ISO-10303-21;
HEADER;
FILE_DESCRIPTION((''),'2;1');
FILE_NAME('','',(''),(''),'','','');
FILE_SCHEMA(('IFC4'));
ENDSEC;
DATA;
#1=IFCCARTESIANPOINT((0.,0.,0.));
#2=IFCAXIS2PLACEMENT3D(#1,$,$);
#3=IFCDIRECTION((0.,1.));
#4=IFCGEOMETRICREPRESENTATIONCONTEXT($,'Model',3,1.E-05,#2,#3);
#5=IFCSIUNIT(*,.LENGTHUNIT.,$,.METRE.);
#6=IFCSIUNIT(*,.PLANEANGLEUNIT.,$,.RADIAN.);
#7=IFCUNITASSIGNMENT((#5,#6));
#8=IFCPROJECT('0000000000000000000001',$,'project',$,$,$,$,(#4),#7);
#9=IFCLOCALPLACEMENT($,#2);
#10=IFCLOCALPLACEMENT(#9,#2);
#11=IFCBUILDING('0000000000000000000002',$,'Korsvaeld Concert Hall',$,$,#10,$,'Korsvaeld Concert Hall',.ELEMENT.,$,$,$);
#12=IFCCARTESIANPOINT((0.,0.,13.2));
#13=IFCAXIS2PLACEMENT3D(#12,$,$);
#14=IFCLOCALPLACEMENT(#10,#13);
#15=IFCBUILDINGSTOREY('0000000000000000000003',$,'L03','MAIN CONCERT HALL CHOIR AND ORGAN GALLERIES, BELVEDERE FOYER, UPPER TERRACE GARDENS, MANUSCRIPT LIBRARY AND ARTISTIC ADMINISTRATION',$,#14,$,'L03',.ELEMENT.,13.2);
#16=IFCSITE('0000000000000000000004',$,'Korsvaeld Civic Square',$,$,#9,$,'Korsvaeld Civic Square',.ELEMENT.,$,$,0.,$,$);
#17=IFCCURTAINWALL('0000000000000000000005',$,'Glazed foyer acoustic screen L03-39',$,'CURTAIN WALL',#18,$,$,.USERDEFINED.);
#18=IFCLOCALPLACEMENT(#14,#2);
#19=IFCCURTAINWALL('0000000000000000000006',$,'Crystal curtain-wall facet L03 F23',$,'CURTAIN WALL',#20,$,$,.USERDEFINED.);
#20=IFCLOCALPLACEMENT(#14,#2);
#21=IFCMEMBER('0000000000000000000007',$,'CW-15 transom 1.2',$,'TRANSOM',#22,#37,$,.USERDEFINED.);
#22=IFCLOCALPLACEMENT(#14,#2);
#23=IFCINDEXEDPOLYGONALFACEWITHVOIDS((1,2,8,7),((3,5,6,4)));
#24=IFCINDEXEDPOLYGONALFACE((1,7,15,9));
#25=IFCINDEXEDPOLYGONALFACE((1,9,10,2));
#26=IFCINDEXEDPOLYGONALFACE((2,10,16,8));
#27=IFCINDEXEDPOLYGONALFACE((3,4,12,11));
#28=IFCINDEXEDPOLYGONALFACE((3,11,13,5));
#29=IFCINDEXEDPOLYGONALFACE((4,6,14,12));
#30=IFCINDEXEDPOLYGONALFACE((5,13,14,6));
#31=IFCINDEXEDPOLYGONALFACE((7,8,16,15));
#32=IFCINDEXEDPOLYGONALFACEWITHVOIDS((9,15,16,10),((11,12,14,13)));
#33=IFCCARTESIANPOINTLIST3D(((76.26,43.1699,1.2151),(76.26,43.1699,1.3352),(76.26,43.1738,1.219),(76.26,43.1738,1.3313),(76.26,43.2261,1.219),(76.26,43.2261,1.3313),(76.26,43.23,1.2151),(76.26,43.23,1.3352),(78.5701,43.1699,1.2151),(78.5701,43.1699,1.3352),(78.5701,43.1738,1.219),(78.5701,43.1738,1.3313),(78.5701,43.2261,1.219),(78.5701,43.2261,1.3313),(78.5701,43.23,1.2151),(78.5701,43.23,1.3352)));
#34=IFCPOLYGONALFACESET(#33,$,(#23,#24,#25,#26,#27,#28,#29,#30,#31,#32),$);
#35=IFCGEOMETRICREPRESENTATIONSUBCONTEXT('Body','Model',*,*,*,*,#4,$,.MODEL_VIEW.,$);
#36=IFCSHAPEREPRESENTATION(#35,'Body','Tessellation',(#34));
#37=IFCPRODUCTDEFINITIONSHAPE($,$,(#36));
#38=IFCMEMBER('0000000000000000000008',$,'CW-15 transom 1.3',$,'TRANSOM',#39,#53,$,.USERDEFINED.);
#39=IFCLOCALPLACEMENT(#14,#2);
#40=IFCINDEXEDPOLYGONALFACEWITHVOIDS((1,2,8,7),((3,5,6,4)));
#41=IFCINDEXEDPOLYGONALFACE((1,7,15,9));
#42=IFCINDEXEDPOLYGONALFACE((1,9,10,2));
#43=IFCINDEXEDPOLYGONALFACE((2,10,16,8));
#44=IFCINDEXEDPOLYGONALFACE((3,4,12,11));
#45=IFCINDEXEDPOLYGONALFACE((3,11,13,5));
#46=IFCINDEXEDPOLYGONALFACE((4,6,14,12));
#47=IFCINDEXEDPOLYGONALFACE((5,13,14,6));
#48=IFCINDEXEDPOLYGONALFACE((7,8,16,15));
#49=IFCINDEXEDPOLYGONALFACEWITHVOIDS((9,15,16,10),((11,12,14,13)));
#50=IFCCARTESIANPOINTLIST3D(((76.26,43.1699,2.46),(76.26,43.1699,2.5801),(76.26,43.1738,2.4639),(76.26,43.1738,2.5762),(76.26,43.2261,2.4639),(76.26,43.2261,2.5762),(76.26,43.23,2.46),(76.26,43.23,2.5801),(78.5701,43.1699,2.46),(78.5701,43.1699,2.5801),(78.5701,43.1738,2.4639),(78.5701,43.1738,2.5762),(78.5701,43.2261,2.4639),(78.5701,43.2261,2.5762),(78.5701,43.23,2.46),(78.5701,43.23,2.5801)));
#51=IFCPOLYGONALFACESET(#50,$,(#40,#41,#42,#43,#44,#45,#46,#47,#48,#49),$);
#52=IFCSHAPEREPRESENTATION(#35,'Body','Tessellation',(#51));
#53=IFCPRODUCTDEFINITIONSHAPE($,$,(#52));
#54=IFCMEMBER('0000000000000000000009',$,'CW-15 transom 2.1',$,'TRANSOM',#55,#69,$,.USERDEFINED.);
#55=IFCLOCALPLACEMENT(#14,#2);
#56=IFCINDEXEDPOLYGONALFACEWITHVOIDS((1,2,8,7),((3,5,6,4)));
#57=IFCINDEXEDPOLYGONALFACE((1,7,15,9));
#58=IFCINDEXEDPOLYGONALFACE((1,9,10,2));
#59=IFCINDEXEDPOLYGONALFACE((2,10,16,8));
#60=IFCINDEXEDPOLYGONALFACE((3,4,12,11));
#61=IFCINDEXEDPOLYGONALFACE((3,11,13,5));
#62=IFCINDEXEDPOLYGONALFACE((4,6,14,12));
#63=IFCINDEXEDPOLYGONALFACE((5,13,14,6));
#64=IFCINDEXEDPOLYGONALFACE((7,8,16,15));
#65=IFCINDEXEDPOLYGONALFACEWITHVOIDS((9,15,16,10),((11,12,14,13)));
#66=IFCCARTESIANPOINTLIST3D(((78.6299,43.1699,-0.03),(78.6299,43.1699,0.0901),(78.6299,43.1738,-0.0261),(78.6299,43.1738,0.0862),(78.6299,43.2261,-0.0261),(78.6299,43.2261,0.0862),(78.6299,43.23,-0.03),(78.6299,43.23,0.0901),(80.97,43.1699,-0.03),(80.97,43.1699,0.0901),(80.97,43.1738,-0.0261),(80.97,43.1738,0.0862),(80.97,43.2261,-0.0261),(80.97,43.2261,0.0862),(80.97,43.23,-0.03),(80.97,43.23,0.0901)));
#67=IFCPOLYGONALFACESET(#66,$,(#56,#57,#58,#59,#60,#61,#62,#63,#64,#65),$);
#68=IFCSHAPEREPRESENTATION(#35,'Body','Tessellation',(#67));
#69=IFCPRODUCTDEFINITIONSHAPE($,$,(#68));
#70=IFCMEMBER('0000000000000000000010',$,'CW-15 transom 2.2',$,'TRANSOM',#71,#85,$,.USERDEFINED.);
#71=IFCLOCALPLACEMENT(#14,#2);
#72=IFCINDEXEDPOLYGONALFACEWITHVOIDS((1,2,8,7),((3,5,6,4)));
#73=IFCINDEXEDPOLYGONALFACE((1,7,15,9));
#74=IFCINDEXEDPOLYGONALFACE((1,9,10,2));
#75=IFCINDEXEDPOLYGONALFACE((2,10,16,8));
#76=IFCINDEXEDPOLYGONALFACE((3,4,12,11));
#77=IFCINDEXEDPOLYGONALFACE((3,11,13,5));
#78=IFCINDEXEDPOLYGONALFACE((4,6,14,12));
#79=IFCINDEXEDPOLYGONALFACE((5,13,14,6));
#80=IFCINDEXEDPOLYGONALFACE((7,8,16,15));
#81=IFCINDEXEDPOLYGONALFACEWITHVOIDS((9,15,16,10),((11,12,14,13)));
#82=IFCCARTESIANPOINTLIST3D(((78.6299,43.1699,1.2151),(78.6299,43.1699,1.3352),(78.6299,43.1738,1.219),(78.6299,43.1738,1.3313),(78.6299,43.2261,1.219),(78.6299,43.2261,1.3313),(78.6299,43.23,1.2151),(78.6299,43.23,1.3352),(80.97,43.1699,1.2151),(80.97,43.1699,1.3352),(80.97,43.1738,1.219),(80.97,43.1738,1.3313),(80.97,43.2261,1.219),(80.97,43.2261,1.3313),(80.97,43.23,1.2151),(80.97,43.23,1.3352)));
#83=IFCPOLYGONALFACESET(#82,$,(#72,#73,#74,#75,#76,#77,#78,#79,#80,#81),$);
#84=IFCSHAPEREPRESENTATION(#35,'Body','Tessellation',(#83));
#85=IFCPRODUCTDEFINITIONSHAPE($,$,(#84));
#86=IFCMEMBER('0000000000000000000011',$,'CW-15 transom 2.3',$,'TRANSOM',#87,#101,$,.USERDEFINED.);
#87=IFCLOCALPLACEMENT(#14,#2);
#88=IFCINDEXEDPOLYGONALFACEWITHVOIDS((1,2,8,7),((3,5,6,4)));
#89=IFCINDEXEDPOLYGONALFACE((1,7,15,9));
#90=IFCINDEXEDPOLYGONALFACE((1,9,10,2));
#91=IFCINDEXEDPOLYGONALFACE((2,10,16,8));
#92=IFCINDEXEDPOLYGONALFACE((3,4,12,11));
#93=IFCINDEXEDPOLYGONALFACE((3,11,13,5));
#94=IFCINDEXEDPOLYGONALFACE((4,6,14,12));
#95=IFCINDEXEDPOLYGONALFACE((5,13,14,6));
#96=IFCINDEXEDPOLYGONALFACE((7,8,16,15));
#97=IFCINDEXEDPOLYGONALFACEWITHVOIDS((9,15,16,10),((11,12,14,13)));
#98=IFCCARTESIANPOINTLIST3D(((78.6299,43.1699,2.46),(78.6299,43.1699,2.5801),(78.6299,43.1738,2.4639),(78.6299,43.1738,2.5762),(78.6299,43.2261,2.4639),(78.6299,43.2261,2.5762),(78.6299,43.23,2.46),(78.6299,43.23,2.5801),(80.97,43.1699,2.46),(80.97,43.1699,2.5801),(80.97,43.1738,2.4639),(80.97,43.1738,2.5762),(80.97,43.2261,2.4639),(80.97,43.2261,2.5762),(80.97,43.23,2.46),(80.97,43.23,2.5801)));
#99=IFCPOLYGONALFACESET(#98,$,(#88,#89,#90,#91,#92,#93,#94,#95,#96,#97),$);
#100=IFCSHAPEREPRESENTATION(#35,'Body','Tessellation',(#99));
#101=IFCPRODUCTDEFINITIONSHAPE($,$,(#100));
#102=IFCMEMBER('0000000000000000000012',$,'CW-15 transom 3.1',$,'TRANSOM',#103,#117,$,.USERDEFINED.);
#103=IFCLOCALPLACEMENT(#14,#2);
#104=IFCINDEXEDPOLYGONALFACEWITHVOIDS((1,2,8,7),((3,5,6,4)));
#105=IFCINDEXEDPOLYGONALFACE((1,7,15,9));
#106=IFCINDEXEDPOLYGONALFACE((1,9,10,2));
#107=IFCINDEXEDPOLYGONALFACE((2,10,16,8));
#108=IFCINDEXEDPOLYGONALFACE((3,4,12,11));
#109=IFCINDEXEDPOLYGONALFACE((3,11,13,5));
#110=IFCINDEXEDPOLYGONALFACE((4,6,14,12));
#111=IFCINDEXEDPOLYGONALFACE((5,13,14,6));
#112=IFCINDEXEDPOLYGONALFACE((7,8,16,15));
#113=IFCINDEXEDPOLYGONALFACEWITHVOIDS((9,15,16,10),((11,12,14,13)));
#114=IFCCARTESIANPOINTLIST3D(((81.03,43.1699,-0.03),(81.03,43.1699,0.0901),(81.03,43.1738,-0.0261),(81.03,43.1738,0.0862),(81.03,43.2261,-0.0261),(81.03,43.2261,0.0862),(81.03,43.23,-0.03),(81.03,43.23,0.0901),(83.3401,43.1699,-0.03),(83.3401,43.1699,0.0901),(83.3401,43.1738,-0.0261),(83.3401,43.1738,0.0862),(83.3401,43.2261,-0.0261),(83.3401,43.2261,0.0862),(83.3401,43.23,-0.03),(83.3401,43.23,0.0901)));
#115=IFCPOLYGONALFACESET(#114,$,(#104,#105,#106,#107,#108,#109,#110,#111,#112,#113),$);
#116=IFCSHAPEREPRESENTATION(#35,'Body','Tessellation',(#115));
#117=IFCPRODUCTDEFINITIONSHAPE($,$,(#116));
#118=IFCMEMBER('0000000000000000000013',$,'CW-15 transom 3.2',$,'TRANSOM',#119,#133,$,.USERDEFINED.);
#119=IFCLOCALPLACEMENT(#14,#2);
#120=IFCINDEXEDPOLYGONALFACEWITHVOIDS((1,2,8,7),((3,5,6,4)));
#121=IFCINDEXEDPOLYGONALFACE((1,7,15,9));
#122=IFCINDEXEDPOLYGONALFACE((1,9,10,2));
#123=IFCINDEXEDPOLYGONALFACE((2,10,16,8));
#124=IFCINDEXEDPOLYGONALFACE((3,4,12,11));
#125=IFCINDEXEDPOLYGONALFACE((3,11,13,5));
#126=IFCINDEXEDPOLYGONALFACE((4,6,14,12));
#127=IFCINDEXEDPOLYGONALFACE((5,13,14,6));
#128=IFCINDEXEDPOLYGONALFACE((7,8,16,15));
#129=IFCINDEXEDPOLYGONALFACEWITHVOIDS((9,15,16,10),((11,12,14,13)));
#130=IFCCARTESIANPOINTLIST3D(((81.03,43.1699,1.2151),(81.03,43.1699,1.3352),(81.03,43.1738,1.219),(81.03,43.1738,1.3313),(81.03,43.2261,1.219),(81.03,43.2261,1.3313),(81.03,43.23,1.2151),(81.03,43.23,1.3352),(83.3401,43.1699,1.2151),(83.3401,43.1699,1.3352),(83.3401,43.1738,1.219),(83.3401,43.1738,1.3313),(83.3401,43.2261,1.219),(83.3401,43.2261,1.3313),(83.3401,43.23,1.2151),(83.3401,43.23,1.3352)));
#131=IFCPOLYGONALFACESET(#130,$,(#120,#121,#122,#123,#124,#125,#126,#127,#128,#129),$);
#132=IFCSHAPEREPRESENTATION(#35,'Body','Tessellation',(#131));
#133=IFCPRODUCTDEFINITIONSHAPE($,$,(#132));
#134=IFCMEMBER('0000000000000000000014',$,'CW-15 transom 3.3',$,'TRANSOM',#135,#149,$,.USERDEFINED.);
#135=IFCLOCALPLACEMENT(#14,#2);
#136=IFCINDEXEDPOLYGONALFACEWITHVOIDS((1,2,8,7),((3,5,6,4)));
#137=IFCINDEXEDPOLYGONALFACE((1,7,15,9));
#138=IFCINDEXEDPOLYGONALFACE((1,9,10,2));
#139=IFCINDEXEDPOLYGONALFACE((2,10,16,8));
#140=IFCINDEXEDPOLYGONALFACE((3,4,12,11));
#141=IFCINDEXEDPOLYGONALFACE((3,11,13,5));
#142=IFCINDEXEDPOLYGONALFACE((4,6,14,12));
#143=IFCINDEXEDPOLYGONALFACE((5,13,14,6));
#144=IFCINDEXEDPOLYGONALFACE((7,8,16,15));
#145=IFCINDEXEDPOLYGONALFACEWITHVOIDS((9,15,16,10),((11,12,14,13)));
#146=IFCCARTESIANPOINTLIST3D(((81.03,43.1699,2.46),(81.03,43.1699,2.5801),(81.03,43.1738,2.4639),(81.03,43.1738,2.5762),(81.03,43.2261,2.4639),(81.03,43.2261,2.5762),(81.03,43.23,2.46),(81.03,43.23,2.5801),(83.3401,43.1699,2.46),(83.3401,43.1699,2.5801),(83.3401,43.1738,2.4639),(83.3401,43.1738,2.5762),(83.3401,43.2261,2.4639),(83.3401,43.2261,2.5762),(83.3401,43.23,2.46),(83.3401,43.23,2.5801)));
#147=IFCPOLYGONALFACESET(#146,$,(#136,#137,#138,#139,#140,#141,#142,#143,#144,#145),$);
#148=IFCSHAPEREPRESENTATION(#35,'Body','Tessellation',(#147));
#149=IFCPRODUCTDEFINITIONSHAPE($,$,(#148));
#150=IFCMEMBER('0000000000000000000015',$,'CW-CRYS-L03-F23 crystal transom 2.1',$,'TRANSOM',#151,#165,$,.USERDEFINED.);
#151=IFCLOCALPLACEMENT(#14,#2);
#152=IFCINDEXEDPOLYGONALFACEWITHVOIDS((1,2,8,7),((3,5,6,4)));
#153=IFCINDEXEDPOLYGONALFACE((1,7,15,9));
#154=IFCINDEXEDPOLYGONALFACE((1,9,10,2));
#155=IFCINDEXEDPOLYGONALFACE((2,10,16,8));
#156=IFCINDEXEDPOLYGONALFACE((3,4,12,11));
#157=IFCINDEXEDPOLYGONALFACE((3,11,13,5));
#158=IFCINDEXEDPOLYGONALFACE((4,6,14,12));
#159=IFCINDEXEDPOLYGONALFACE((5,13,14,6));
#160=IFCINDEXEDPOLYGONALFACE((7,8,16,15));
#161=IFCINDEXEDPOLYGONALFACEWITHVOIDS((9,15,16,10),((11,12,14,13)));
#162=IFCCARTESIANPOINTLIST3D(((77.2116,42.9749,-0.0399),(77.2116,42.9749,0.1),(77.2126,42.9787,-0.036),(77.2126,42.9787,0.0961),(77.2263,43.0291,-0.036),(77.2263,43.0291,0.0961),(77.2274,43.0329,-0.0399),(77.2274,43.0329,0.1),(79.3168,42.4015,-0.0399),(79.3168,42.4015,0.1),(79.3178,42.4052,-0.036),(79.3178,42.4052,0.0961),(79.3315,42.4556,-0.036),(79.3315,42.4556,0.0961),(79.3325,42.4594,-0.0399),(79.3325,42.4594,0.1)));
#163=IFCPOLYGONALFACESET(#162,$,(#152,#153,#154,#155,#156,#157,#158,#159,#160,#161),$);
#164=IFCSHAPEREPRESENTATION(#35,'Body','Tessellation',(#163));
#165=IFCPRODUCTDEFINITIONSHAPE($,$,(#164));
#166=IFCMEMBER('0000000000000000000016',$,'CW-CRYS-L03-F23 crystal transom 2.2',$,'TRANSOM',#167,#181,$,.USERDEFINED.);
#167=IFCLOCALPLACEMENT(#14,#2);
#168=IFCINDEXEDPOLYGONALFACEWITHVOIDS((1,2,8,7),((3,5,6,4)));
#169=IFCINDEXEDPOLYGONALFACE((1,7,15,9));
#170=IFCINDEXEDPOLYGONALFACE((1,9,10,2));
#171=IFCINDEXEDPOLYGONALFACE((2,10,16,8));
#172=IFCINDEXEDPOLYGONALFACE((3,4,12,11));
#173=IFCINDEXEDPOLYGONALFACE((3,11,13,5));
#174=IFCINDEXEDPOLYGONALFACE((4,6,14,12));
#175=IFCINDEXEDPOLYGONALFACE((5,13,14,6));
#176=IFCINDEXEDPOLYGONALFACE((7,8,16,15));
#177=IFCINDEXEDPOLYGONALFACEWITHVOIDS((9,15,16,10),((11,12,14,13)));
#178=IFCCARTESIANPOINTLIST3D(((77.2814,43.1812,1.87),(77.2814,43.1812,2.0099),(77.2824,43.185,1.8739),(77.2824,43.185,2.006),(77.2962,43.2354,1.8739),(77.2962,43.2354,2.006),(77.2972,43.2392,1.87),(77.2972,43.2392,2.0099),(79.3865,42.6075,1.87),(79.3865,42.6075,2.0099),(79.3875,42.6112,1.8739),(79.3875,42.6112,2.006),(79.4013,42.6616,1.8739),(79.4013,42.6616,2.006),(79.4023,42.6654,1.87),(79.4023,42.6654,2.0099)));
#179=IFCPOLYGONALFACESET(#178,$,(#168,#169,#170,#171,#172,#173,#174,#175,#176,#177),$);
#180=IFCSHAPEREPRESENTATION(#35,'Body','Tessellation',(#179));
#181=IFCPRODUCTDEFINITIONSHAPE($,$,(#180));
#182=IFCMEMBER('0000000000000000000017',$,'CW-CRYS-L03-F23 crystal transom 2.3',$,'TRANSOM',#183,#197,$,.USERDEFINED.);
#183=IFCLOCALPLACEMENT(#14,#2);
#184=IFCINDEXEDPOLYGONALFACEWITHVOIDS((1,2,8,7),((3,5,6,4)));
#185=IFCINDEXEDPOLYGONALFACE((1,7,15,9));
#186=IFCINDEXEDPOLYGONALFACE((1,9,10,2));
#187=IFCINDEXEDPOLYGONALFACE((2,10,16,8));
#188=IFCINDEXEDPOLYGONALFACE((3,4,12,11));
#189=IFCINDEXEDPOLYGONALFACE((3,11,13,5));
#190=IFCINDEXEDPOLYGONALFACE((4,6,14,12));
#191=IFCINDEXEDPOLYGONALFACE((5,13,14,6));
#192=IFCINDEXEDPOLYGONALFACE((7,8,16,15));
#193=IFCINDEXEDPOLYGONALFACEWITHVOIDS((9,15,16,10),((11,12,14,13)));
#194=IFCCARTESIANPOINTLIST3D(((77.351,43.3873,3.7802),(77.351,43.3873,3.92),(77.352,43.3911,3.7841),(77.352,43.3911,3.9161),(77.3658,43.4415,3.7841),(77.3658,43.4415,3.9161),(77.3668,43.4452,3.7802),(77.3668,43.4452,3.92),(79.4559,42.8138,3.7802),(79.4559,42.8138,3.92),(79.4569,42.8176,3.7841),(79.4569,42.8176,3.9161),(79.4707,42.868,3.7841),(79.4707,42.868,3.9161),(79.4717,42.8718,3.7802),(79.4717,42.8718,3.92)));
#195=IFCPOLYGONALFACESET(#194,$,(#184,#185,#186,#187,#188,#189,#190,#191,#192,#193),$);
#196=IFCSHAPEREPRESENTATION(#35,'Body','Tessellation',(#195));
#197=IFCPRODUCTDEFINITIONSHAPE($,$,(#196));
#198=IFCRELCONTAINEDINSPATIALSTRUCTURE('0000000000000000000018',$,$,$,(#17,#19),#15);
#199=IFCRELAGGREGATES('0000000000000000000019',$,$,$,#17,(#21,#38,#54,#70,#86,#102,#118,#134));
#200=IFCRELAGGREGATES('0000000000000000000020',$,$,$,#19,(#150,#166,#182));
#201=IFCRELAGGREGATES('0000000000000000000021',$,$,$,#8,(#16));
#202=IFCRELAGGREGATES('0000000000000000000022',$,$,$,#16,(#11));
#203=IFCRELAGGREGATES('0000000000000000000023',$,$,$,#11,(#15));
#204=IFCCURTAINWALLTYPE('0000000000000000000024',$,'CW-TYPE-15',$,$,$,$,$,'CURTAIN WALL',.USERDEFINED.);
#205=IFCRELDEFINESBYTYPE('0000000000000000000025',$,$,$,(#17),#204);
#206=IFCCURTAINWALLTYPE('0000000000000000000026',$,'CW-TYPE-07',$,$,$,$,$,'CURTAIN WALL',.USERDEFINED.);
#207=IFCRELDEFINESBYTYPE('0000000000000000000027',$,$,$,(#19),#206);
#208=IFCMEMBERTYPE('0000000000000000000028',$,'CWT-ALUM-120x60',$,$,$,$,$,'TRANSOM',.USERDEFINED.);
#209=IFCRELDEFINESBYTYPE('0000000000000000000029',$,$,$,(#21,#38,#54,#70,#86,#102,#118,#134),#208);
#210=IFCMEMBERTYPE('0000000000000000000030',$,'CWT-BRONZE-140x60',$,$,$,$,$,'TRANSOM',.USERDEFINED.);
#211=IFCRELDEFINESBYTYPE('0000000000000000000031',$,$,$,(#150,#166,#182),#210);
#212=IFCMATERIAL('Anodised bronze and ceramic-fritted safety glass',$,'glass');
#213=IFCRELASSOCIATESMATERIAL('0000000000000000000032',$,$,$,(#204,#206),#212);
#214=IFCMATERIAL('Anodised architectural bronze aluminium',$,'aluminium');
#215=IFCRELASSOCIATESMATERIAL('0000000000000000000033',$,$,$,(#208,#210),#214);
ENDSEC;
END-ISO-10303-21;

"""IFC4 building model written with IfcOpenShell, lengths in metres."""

from ifc_helpers import new_model, si_unit, direction, frame, origin, origin_2d, place, context, subcontext, project, spatial, hollow_rectangle, extrude, material, material_profile, profile_set, type_object, element, aggregate, save


model = new_model("IFC4")

# Units and contexts
model_context = context("Model", 3, precision=1e-05, world=origin(), true_north=direction((0.0, 1.0)))
body_context = subcontext(model_context, "Body", "Model", "MODEL_VIEW")
ifc_project = project(units=[si_unit("LENGTHUNIT", "METRE"), si_unit("PLANEANGLEUNIT", "RADIAN")], contexts=[model_context])

# Site, building, storey
site_placement = place(None, origin())
site = spatial("IfcSite", under=ifc_project, at=site_placement, Name="Korsvaeld Civic Square", LongName="Korsvaeld Civic Square", CompositionType="ELEMENT", RefElevation=0.0)
building_placement = place(site_placement, origin())
building = spatial("IfcBuilding", under=site, at=building_placement, Name="Korsvaeld Concert Hall", LongName="Korsvaeld Concert Hall", CompositionType="ELEMENT")
storey_placement = place(building_placement, frame((0.0, 0.0, 13.2)))
storey = spatial("IfcBuildingStorey", under=building, at=storey_placement, Name="L03", Description="MAIN CONCERT HALL CHOIR AND ORGAN GALLERIES, BELVEDERE FOYER, UPPER TERRACE GARDENS, MANUSCRIPT LIBRARY AND ARTISTIC ADMINISTRATION", LongName="L03", CompositionType="ELEMENT", Elevation=13.2)

# Curtain walls
ifc_material_1 = material(Name="Anodised bronze and ceramic-fritted safety glass", Category="glass")
curtain_wall_type_1 = type_object("IfcCurtainWallType", Name="CW-TYPE-15", ElementType="CURTAIN WALL", PredefinedType="USERDEFINED", material=ifc_material_1)
curtain_wall_1_placement = place(storey_placement, origin())
curtain_wall_1 = element("IfcCurtainWall", 1, at=curtain_wall_1_placement, inside=storey, type_object=curtain_wall_type_1, Name="Glazed foyer acoustic screen L03-39", ObjectType="CURTAIN WALL", PredefinedType="USERDEFINED")
ifc_material_2 = material(Name="Anodised architectural bronze aluminium", Category="aluminium")
curtain_wall_type_2 = type_object("IfcCurtainWallType", Name="CW-TYPE-07", ElementType="CURTAIN WALL", PredefinedType="USERDEFINED", material=ifc_material_1)
curtain_wall_2_placement = place(storey_placement, origin())
curtain_wall_2 = element("IfcCurtainWall", 2, at=curtain_wall_2_placement, inside=storey, type_object=curtain_wall_type_2, Name="Crystal curtain-wall facet L03 F23", ObjectType="CURTAIN WALL", PredefinedType="USERDEFINED")

# Members
ifc_material_profile_1 = material_profile(ifc_material_2, hollow_rectangle(XDim=0.0601, YDim=0.1201, WallThickness=0.0039, at=origin_2d()), Name="CWT 120x60x4")
ifc_profile_set_1 = profile_set([ifc_material_profile_1], Name="Anodised architectural bronze aluminium")
member_type_1 = type_object("IfcMemberType", Name="CWT-ALUM-120x60", ElementType="TRANSOM", PredefinedType="USERDEFINED", material=ifc_profile_set_1)
member_1_placement = place(storey_placement, frame((76.26, 43.2, 1.2751), z_axis=(1.0, 0.0, 0.0), x_axis=(0.0, 1.0, 0.0)))
member_1 = element("IfcMember", 3, at=member_1_placement, type_object=member_type_1, Name="CW-15 transom 1.2", ObjectType="TRANSOM", PredefinedType="USERDEFINED", context=body_context, shape_type="SweptSolid", body=[
    extrude(hollow_rectangle(XDim=0.0601, YDim=0.1201, WallThickness=0.0039, at=origin_2d()), origin(), (0.0, 0.0, 1.0), 2.3101),
])
member_2_placement = place(storey_placement, frame((76.26, 43.2, 2.52), z_axis=(1.0, 0.0, 0.0), x_axis=(0.0, 1.0, 0.0)))
member_2 = element("IfcMember", 4, at=member_2_placement, type_object=member_type_1, Name="CW-15 transom 1.3", ObjectType="TRANSOM", PredefinedType="USERDEFINED", context=body_context, shape_type="SweptSolid", body=[
    extrude(hollow_rectangle(XDim=0.0601, YDim=0.1201, WallThickness=0.0039, at=origin_2d()), origin(), (0.0, 0.0, 1.0), 2.3101),
])
member_3_placement = place(storey_placement, frame((78.6299, 43.2, 0.03), z_axis=(1.0, 0.0, 0.0), x_axis=(0.0, 1.0, 0.0)))
member_3 = element("IfcMember", 5, at=member_3_placement, type_object=member_type_1, Name="CW-15 transom 2.1", ObjectType="TRANSOM", PredefinedType="USERDEFINED", context=body_context, shape_type="SweptSolid", body=[
    extrude(hollow_rectangle(XDim=0.0601, YDim=0.1201, WallThickness=0.0039, at=origin_2d()), origin(), (0.0, 0.0, 1.0), 2.3401),
])
member_4_placement = place(storey_placement, frame((78.6299, 43.2, 1.2751), z_axis=(1.0, 0.0, 0.0), x_axis=(0.0, 1.0, 0.0)))
member_4 = element("IfcMember", 6, at=member_4_placement, type_object=member_type_1, Name="CW-15 transom 2.2", ObjectType="TRANSOM", PredefinedType="USERDEFINED", context=body_context, shape_type="SweptSolid", body=[
    extrude(hollow_rectangle(XDim=0.0601, YDim=0.1201, WallThickness=0.0039, at=origin_2d()), origin(), (0.0, 0.0, 1.0), 2.3401),
])
member_5_placement = place(storey_placement, frame((78.6299, 43.2, 2.52), z_axis=(1.0, 0.0, 0.0), x_axis=(0.0, 1.0, 0.0)))
member_5 = element("IfcMember", 7, at=member_5_placement, type_object=member_type_1, Name="CW-15 transom 2.3", ObjectType="TRANSOM", PredefinedType="USERDEFINED", context=body_context, shape_type="SweptSolid", body=[
    extrude(hollow_rectangle(XDim=0.0601, YDim=0.1201, WallThickness=0.0039, at=origin_2d()), origin(), (0.0, 0.0, 1.0), 2.3401),
])
member_6_placement = place(storey_placement, frame((81.03, 43.2, 0.03), z_axis=(1.0, 0.0, 0.0), x_axis=(0.0, 1.0, 0.0)))
member_6 = element("IfcMember", 8, at=member_6_placement, type_object=member_type_1, Name="CW-15 transom 3.1", ObjectType="TRANSOM", PredefinedType="USERDEFINED", context=body_context, shape_type="SweptSolid", body=[
    extrude(hollow_rectangle(XDim=0.0601, YDim=0.1201, WallThickness=0.0039, at=origin_2d()), origin(), (0.0, 0.0, 1.0), 2.3101),
])
member_7_placement = place(storey_placement, frame((81.03, 43.2, 1.2751), z_axis=(1.0, 0.0, 0.0), x_axis=(0.0, 1.0, 0.0)))
member_7 = element("IfcMember", 9, at=member_7_placement, type_object=member_type_1, Name="CW-15 transom 3.2", ObjectType="TRANSOM", PredefinedType="USERDEFINED", context=body_context, shape_type="SweptSolid", body=[
    extrude(hollow_rectangle(XDim=0.0601, YDim=0.1201, WallThickness=0.0039, at=origin_2d()), origin(), (0.0, 0.0, 1.0), 2.3101),
])
member_8_placement = place(storey_placement, frame((81.03, 43.2, 2.52), z_axis=(1.0, 0.0, 0.0), x_axis=(0.0, 1.0, 0.0)))
member_8 = element("IfcMember", 10, at=member_8_placement, type_object=member_type_1, Name="CW-15 transom 3.3", ObjectType="TRANSOM", PredefinedType="USERDEFINED", context=body_context, shape_type="SweptSolid", body=[
    extrude(hollow_rectangle(XDim=0.0601, YDim=0.1201, WallThickness=0.0039, at=origin_2d()), origin(), (0.0, 0.0, 1.0), 2.3101),
])
ifc_material_profile_2 = material_profile(ifc_material_2, hollow_rectangle(XDim=0.0601, YDim=0.1399, WallThickness=0.0039, at=origin_2d()), Name="CWT 140x60x4")
ifc_profile_set_2 = profile_set([ifc_material_profile_2], Name="Anodised architectural bronze aluminium")
member_type_2 = type_object("IfcMemberType", Name="CWT-BRONZE-140x60", ElementType="TRANSOM", PredefinedType="USERDEFINED", material=ifc_profile_set_2)
member_9_placement = place(storey_placement, frame((77.2195, 43.0039, 0.03), z_axis=(0.964841, -0.262833, 0.0), x_axis=(0.262833, 0.964841, 0.0)))
member_9 = element("IfcMember", 11, at=member_9_placement, type_object=member_type_2, Name="CW-CRYS-L03-F23 crystal transom 2.1", ObjectType="TRANSOM", PredefinedType="USERDEFINED", context=body_context, shape_type="SweptSolid", body=[
    extrude(hollow_rectangle(XDim=0.0601, YDim=0.1399, WallThickness=0.0039, at=origin_2d()), origin(), (0.0, 0.0, 1.0), 2.1819),
])
member_10_placement = place(storey_placement, frame((77.2893, 43.2102, 1.9399), z_axis=(0.964805, -0.262966, 0.0), x_axis=(0.262966, 0.964805, 0.0)))
member_10 = element("IfcMember", 12, at=member_10_placement, type_object=member_type_2, Name="CW-CRYS-L03-F23 crystal transom 2.2", ObjectType="TRANSOM", PredefinedType="USERDEFINED", context=body_context, shape_type="SweptSolid", body=[
    extrude(hollow_rectangle(XDim=0.0601, YDim=0.1399, WallThickness=0.0039, at=origin_2d()), origin(), (0.0, 0.0, 1.0), 2.1819),
])
member_11_placement = place(storey_placement, frame((77.3589, 43.4163, 3.8501), z_axis=(0.964834, -0.262862, 0.0), x_axis=(0.262862, 0.964834, 0.0)))
member_11 = element("IfcMember", 13, at=member_11_placement, type_object=member_type_2, Name="CW-CRYS-L03-F23 crystal transom 2.3", ObjectType="TRANSOM", PredefinedType="USERDEFINED", context=body_context, shape_type="SweptSolid", body=[
    extrude(hollow_rectangle(XDim=0.0601, YDim=0.1399, WallThickness=0.0039, at=origin_2d()), origin(), (0.0, 0.0, 1.0), 2.1816),
])

aggregate(curtain_wall_1, [member_1, member_2, member_3, member_4, member_5, member_6, member_7, member_8])
aggregate(curtain_wall_2, [member_9, member_10, member_11])

save(model, "model.ifc")
